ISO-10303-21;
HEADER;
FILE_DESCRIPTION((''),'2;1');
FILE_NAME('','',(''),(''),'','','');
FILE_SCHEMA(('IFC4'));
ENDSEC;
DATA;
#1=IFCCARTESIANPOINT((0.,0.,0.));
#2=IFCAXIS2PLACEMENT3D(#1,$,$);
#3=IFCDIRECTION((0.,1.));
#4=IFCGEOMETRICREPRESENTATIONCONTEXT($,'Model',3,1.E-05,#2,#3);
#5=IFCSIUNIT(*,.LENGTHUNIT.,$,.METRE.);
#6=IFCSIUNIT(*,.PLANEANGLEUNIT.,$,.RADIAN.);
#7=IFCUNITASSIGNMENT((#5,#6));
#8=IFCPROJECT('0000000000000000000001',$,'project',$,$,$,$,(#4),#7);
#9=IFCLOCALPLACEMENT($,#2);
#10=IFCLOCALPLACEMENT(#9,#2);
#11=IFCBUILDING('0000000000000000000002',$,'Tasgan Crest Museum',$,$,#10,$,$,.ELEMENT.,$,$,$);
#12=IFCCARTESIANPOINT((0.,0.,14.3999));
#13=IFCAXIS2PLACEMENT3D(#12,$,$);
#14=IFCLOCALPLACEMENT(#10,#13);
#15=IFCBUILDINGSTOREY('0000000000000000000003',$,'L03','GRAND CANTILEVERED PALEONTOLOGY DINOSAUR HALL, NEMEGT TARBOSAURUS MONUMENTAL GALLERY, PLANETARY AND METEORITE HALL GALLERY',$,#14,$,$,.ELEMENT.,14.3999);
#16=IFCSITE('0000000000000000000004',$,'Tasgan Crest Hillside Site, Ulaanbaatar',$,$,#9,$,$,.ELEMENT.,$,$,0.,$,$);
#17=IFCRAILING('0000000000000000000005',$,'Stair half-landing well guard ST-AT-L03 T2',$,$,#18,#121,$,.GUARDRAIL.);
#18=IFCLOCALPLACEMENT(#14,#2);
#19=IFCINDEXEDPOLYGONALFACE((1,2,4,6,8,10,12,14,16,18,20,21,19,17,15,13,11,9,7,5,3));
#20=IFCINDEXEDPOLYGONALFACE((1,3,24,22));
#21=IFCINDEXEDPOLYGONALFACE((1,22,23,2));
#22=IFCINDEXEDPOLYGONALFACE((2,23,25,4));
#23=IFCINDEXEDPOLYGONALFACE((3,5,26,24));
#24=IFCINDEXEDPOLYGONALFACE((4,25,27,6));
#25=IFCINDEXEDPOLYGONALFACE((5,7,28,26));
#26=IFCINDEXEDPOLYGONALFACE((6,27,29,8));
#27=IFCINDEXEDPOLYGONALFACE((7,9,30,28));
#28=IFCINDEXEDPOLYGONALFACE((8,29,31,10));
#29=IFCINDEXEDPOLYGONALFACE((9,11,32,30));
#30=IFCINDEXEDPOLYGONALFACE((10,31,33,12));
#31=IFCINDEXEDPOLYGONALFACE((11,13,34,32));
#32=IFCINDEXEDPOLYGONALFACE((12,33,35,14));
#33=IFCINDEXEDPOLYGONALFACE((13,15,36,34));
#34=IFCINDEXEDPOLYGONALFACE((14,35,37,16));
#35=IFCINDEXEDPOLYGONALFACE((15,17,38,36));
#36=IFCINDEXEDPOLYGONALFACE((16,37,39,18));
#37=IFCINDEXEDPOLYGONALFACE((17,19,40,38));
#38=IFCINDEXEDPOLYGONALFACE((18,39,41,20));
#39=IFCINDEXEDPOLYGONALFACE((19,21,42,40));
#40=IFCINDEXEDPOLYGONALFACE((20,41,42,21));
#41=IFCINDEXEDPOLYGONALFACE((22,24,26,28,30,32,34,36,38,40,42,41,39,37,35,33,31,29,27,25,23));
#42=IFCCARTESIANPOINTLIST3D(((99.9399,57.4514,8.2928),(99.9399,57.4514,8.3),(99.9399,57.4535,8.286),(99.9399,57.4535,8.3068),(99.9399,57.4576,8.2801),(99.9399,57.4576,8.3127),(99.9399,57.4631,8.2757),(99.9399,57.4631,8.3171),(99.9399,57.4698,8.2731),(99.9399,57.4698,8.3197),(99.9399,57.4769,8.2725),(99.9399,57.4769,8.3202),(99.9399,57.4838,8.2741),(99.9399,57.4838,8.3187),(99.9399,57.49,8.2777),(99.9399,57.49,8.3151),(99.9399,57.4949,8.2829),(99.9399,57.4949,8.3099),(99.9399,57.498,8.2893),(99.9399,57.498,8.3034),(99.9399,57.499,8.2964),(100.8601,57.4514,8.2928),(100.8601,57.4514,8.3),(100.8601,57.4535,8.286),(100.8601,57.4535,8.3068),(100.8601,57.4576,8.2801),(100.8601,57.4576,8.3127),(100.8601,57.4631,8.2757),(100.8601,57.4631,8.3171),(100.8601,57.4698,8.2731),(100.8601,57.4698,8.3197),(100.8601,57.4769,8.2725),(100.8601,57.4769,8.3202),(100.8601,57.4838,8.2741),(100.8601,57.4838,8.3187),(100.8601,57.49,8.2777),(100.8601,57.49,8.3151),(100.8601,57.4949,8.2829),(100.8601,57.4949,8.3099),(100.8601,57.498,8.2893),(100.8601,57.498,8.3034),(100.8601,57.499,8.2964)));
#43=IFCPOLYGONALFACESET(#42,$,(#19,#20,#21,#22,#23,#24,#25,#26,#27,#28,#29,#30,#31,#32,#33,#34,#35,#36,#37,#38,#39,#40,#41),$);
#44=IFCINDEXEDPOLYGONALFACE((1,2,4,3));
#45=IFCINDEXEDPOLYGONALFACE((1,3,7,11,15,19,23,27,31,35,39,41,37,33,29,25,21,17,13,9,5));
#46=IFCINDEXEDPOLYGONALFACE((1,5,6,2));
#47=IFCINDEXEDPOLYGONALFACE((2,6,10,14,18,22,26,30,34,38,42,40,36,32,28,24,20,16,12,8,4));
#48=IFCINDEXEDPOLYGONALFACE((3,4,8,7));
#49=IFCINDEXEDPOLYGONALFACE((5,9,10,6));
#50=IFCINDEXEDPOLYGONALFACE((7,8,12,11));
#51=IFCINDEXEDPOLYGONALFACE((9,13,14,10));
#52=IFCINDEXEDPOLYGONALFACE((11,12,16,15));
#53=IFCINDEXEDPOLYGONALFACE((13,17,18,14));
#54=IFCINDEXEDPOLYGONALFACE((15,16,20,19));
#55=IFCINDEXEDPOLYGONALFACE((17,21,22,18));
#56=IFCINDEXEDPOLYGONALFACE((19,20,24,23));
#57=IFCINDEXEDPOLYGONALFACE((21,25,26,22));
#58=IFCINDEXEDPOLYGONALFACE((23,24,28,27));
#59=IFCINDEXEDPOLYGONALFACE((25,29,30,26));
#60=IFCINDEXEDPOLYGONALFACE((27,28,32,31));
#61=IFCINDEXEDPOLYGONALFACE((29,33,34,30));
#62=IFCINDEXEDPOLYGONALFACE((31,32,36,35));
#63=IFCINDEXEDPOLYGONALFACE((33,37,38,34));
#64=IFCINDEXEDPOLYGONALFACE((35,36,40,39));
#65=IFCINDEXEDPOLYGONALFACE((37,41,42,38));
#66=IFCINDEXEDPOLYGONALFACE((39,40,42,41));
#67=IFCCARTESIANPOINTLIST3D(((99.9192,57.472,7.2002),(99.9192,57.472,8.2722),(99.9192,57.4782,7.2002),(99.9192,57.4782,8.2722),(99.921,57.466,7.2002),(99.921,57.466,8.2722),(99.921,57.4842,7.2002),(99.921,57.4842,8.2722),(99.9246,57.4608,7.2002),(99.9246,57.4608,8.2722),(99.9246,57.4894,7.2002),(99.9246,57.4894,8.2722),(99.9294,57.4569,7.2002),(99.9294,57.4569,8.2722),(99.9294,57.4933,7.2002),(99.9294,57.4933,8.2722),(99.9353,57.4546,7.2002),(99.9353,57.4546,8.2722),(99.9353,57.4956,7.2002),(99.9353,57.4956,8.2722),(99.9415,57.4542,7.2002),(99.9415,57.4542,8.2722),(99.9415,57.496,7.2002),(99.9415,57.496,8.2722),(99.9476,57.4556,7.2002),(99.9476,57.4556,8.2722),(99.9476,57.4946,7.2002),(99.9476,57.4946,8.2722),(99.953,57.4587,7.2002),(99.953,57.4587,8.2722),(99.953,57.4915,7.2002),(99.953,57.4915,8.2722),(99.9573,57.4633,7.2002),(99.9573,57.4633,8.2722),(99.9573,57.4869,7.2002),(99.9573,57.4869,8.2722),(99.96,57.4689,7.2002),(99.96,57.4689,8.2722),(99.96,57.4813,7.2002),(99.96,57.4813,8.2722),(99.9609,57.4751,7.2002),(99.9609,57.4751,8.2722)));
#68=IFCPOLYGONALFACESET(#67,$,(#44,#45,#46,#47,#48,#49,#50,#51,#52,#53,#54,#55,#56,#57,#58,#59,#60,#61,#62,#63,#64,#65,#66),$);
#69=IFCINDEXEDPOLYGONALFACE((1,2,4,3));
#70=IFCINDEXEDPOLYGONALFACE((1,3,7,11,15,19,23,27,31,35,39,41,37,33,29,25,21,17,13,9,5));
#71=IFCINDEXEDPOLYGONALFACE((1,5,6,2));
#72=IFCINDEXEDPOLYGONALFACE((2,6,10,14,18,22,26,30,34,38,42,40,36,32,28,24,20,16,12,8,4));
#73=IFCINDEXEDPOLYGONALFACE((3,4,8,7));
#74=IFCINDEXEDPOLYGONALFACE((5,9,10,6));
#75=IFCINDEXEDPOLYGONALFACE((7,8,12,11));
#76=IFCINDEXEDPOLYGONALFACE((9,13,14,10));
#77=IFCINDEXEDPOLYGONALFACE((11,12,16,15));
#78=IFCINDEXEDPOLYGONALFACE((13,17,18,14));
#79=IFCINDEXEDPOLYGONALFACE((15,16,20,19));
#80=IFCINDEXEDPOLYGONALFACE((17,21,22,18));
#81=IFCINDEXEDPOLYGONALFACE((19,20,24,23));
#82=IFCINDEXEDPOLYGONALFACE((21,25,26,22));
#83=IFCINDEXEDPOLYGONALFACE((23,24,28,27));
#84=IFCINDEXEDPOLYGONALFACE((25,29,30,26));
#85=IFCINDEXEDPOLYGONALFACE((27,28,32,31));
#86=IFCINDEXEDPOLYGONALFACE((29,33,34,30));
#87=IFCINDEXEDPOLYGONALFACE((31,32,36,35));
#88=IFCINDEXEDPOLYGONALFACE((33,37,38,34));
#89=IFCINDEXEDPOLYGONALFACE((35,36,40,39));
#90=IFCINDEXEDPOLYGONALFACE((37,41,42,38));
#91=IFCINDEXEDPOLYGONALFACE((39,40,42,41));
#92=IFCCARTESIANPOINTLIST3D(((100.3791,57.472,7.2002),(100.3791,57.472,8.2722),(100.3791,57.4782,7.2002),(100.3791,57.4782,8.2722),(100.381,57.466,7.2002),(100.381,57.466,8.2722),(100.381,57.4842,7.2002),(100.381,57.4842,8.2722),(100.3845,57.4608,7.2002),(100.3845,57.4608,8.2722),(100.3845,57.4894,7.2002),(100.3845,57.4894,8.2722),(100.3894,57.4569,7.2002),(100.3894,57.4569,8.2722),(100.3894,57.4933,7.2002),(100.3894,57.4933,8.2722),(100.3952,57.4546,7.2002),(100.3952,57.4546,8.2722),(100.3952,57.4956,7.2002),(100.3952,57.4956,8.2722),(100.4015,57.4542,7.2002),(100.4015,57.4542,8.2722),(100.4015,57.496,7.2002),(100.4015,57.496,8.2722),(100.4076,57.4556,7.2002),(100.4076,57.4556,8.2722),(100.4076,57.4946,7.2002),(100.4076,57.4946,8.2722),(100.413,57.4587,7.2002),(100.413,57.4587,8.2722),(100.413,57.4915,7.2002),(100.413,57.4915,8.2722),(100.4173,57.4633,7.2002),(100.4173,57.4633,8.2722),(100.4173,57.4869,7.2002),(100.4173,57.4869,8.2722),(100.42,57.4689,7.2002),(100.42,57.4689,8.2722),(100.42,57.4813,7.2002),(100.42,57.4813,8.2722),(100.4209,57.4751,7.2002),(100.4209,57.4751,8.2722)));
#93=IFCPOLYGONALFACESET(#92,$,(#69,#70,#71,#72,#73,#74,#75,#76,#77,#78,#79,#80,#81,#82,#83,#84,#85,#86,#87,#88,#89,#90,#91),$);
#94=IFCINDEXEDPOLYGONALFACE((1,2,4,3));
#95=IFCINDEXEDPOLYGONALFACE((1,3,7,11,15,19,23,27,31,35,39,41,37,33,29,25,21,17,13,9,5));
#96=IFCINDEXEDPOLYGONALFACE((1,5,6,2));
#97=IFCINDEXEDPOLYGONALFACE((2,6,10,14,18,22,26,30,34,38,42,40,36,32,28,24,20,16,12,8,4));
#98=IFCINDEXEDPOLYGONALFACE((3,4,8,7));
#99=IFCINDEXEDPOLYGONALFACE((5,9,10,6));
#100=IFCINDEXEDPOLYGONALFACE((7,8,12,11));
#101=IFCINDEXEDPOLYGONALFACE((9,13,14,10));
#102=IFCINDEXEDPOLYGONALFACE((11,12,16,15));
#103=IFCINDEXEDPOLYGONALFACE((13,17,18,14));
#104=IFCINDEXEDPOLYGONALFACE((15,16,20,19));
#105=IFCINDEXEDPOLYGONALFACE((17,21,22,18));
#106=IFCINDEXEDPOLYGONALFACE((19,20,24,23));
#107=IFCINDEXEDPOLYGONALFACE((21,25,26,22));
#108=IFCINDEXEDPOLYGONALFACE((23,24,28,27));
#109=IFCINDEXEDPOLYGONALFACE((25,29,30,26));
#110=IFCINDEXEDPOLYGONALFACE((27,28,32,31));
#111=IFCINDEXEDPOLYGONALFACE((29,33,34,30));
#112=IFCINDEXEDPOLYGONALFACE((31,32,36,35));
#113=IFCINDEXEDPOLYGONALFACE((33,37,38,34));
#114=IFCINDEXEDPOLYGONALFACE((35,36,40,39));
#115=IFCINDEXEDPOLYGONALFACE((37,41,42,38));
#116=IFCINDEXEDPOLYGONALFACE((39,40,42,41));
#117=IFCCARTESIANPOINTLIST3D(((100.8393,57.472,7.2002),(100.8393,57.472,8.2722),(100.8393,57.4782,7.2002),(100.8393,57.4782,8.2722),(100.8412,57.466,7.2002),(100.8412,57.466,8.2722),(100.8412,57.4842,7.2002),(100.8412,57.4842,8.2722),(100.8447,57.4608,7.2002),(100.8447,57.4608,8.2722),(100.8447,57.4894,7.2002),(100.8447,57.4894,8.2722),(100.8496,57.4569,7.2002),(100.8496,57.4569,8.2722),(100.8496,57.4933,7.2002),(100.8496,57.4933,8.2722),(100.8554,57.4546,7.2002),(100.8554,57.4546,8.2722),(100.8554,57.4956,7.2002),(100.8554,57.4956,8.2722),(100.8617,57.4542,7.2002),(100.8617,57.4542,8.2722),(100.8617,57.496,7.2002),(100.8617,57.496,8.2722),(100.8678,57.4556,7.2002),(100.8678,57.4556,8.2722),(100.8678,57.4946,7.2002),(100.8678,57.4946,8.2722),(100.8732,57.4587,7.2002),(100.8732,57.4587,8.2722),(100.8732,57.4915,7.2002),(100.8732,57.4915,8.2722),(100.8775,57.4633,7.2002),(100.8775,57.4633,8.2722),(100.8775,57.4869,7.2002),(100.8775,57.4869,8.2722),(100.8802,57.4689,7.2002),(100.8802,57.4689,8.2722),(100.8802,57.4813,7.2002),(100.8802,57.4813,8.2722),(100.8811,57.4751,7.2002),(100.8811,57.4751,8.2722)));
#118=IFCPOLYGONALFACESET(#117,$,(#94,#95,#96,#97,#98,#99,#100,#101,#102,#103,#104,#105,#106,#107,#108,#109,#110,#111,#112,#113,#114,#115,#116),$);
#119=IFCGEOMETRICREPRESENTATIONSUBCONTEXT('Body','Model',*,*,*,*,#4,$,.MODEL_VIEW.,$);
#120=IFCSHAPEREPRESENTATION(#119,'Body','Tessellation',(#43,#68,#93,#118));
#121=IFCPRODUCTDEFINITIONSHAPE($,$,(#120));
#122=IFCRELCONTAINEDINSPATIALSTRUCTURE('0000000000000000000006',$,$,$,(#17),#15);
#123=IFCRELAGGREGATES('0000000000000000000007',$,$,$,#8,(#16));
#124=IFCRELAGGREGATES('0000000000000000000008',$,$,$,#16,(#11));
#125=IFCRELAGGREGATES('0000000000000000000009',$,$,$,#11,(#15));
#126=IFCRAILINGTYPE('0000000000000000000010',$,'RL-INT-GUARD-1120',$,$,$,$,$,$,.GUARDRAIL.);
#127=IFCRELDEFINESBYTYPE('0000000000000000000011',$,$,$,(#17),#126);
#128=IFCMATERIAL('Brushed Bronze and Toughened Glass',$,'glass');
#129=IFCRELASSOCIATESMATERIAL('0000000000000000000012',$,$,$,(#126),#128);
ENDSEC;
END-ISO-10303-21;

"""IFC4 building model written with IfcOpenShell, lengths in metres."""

from ifc_helpers import new_model, si_unit, direction, frame, origin, origin_2d, place, context, subcontext, project, spatial, circle, extrude, material, type_object, element, save


model = new_model("IFC4")

# Units and contexts
model_context = context("Model", 3, precision=1e-05, world=origin(), true_north=direction((0.0, 1.0)))
body_context = subcontext(model_context, "Body", "Model", "MODEL_VIEW")
ifc_project = project(units=[si_unit("LENGTHUNIT", "METRE"), si_unit("PLANEANGLEUNIT", "RADIAN")], contexts=[model_context])

# Site, building, storey
site_placement = place(None, origin())
site = spatial("IfcSite", under=ifc_project, at=site_placement, Name="Tasgan Crest Hillside Site, Ulaanbaatar", CompositionType="ELEMENT", RefElevation=0.0)
building_placement = place(site_placement, origin())
building = spatial("IfcBuilding", under=site, at=building_placement, Name="Tasgan Crest Museum", CompositionType="ELEMENT")
storey_placement = place(building_placement, frame((0.0, 0.0, 14.3999)))
storey = spatial("IfcBuildingStorey", under=building, at=storey_placement, Name="L03", Description="GRAND CANTILEVERED PALEONTOLOGY DINOSAUR HALL, NEMEGT TARBOSAURUS MONUMENTAL GALLERY, PLANETARY AND METEORITE HALL GALLERY", CompositionType="ELEMENT", Elevation=14.3999)

# Railing
ifc_material_1 = material(Name="Brushed Bronze and Toughened Glass", Category="glass")
railing_type_1 = type_object("IfcRailingType", Name="RL-INT-GUARD-1120", PredefinedType="GUARDRAIL", material=ifc_material_1)
railing_1_placement = place(storey_placement, frame((99.9399, 57.4751, 7.2002)))
element("IfcRailing", 1, at=railing_1_placement, inside=storey, type_object=railing_type_1, Name="Stair half-landing well guard ST-AT-L03 T2", PredefinedType="GUARDRAIL", context=body_context, shape_type="SweptSolid", body=[
    extrude(circle(Radius=0.0239, at=origin_2d()), frame((0.0, 0.0, 1.0962), z_axis=(1.0, 0.0, 0.0), x_axis=(0.0, 1.0, 0.0)), (0.0, 0.0, 1.0), 0.9202),
    extrude(circle(Radius=0.021, at=origin_2d()), origin(), (0.0, 0.0, 1.0), 1.072),
    extrude(circle(Radius=0.021, at=origin_2d()), frame((0.46, 0.0, 0.0)), (0.0, 0.0, 1.0), 1.072),
    extrude(circle(Radius=0.021, at=origin_2d()), frame((0.9202, 0.0, 0.0)), (0.0, 0.0, 1.0), 1.072),
])

save(model, "model.ifc")
